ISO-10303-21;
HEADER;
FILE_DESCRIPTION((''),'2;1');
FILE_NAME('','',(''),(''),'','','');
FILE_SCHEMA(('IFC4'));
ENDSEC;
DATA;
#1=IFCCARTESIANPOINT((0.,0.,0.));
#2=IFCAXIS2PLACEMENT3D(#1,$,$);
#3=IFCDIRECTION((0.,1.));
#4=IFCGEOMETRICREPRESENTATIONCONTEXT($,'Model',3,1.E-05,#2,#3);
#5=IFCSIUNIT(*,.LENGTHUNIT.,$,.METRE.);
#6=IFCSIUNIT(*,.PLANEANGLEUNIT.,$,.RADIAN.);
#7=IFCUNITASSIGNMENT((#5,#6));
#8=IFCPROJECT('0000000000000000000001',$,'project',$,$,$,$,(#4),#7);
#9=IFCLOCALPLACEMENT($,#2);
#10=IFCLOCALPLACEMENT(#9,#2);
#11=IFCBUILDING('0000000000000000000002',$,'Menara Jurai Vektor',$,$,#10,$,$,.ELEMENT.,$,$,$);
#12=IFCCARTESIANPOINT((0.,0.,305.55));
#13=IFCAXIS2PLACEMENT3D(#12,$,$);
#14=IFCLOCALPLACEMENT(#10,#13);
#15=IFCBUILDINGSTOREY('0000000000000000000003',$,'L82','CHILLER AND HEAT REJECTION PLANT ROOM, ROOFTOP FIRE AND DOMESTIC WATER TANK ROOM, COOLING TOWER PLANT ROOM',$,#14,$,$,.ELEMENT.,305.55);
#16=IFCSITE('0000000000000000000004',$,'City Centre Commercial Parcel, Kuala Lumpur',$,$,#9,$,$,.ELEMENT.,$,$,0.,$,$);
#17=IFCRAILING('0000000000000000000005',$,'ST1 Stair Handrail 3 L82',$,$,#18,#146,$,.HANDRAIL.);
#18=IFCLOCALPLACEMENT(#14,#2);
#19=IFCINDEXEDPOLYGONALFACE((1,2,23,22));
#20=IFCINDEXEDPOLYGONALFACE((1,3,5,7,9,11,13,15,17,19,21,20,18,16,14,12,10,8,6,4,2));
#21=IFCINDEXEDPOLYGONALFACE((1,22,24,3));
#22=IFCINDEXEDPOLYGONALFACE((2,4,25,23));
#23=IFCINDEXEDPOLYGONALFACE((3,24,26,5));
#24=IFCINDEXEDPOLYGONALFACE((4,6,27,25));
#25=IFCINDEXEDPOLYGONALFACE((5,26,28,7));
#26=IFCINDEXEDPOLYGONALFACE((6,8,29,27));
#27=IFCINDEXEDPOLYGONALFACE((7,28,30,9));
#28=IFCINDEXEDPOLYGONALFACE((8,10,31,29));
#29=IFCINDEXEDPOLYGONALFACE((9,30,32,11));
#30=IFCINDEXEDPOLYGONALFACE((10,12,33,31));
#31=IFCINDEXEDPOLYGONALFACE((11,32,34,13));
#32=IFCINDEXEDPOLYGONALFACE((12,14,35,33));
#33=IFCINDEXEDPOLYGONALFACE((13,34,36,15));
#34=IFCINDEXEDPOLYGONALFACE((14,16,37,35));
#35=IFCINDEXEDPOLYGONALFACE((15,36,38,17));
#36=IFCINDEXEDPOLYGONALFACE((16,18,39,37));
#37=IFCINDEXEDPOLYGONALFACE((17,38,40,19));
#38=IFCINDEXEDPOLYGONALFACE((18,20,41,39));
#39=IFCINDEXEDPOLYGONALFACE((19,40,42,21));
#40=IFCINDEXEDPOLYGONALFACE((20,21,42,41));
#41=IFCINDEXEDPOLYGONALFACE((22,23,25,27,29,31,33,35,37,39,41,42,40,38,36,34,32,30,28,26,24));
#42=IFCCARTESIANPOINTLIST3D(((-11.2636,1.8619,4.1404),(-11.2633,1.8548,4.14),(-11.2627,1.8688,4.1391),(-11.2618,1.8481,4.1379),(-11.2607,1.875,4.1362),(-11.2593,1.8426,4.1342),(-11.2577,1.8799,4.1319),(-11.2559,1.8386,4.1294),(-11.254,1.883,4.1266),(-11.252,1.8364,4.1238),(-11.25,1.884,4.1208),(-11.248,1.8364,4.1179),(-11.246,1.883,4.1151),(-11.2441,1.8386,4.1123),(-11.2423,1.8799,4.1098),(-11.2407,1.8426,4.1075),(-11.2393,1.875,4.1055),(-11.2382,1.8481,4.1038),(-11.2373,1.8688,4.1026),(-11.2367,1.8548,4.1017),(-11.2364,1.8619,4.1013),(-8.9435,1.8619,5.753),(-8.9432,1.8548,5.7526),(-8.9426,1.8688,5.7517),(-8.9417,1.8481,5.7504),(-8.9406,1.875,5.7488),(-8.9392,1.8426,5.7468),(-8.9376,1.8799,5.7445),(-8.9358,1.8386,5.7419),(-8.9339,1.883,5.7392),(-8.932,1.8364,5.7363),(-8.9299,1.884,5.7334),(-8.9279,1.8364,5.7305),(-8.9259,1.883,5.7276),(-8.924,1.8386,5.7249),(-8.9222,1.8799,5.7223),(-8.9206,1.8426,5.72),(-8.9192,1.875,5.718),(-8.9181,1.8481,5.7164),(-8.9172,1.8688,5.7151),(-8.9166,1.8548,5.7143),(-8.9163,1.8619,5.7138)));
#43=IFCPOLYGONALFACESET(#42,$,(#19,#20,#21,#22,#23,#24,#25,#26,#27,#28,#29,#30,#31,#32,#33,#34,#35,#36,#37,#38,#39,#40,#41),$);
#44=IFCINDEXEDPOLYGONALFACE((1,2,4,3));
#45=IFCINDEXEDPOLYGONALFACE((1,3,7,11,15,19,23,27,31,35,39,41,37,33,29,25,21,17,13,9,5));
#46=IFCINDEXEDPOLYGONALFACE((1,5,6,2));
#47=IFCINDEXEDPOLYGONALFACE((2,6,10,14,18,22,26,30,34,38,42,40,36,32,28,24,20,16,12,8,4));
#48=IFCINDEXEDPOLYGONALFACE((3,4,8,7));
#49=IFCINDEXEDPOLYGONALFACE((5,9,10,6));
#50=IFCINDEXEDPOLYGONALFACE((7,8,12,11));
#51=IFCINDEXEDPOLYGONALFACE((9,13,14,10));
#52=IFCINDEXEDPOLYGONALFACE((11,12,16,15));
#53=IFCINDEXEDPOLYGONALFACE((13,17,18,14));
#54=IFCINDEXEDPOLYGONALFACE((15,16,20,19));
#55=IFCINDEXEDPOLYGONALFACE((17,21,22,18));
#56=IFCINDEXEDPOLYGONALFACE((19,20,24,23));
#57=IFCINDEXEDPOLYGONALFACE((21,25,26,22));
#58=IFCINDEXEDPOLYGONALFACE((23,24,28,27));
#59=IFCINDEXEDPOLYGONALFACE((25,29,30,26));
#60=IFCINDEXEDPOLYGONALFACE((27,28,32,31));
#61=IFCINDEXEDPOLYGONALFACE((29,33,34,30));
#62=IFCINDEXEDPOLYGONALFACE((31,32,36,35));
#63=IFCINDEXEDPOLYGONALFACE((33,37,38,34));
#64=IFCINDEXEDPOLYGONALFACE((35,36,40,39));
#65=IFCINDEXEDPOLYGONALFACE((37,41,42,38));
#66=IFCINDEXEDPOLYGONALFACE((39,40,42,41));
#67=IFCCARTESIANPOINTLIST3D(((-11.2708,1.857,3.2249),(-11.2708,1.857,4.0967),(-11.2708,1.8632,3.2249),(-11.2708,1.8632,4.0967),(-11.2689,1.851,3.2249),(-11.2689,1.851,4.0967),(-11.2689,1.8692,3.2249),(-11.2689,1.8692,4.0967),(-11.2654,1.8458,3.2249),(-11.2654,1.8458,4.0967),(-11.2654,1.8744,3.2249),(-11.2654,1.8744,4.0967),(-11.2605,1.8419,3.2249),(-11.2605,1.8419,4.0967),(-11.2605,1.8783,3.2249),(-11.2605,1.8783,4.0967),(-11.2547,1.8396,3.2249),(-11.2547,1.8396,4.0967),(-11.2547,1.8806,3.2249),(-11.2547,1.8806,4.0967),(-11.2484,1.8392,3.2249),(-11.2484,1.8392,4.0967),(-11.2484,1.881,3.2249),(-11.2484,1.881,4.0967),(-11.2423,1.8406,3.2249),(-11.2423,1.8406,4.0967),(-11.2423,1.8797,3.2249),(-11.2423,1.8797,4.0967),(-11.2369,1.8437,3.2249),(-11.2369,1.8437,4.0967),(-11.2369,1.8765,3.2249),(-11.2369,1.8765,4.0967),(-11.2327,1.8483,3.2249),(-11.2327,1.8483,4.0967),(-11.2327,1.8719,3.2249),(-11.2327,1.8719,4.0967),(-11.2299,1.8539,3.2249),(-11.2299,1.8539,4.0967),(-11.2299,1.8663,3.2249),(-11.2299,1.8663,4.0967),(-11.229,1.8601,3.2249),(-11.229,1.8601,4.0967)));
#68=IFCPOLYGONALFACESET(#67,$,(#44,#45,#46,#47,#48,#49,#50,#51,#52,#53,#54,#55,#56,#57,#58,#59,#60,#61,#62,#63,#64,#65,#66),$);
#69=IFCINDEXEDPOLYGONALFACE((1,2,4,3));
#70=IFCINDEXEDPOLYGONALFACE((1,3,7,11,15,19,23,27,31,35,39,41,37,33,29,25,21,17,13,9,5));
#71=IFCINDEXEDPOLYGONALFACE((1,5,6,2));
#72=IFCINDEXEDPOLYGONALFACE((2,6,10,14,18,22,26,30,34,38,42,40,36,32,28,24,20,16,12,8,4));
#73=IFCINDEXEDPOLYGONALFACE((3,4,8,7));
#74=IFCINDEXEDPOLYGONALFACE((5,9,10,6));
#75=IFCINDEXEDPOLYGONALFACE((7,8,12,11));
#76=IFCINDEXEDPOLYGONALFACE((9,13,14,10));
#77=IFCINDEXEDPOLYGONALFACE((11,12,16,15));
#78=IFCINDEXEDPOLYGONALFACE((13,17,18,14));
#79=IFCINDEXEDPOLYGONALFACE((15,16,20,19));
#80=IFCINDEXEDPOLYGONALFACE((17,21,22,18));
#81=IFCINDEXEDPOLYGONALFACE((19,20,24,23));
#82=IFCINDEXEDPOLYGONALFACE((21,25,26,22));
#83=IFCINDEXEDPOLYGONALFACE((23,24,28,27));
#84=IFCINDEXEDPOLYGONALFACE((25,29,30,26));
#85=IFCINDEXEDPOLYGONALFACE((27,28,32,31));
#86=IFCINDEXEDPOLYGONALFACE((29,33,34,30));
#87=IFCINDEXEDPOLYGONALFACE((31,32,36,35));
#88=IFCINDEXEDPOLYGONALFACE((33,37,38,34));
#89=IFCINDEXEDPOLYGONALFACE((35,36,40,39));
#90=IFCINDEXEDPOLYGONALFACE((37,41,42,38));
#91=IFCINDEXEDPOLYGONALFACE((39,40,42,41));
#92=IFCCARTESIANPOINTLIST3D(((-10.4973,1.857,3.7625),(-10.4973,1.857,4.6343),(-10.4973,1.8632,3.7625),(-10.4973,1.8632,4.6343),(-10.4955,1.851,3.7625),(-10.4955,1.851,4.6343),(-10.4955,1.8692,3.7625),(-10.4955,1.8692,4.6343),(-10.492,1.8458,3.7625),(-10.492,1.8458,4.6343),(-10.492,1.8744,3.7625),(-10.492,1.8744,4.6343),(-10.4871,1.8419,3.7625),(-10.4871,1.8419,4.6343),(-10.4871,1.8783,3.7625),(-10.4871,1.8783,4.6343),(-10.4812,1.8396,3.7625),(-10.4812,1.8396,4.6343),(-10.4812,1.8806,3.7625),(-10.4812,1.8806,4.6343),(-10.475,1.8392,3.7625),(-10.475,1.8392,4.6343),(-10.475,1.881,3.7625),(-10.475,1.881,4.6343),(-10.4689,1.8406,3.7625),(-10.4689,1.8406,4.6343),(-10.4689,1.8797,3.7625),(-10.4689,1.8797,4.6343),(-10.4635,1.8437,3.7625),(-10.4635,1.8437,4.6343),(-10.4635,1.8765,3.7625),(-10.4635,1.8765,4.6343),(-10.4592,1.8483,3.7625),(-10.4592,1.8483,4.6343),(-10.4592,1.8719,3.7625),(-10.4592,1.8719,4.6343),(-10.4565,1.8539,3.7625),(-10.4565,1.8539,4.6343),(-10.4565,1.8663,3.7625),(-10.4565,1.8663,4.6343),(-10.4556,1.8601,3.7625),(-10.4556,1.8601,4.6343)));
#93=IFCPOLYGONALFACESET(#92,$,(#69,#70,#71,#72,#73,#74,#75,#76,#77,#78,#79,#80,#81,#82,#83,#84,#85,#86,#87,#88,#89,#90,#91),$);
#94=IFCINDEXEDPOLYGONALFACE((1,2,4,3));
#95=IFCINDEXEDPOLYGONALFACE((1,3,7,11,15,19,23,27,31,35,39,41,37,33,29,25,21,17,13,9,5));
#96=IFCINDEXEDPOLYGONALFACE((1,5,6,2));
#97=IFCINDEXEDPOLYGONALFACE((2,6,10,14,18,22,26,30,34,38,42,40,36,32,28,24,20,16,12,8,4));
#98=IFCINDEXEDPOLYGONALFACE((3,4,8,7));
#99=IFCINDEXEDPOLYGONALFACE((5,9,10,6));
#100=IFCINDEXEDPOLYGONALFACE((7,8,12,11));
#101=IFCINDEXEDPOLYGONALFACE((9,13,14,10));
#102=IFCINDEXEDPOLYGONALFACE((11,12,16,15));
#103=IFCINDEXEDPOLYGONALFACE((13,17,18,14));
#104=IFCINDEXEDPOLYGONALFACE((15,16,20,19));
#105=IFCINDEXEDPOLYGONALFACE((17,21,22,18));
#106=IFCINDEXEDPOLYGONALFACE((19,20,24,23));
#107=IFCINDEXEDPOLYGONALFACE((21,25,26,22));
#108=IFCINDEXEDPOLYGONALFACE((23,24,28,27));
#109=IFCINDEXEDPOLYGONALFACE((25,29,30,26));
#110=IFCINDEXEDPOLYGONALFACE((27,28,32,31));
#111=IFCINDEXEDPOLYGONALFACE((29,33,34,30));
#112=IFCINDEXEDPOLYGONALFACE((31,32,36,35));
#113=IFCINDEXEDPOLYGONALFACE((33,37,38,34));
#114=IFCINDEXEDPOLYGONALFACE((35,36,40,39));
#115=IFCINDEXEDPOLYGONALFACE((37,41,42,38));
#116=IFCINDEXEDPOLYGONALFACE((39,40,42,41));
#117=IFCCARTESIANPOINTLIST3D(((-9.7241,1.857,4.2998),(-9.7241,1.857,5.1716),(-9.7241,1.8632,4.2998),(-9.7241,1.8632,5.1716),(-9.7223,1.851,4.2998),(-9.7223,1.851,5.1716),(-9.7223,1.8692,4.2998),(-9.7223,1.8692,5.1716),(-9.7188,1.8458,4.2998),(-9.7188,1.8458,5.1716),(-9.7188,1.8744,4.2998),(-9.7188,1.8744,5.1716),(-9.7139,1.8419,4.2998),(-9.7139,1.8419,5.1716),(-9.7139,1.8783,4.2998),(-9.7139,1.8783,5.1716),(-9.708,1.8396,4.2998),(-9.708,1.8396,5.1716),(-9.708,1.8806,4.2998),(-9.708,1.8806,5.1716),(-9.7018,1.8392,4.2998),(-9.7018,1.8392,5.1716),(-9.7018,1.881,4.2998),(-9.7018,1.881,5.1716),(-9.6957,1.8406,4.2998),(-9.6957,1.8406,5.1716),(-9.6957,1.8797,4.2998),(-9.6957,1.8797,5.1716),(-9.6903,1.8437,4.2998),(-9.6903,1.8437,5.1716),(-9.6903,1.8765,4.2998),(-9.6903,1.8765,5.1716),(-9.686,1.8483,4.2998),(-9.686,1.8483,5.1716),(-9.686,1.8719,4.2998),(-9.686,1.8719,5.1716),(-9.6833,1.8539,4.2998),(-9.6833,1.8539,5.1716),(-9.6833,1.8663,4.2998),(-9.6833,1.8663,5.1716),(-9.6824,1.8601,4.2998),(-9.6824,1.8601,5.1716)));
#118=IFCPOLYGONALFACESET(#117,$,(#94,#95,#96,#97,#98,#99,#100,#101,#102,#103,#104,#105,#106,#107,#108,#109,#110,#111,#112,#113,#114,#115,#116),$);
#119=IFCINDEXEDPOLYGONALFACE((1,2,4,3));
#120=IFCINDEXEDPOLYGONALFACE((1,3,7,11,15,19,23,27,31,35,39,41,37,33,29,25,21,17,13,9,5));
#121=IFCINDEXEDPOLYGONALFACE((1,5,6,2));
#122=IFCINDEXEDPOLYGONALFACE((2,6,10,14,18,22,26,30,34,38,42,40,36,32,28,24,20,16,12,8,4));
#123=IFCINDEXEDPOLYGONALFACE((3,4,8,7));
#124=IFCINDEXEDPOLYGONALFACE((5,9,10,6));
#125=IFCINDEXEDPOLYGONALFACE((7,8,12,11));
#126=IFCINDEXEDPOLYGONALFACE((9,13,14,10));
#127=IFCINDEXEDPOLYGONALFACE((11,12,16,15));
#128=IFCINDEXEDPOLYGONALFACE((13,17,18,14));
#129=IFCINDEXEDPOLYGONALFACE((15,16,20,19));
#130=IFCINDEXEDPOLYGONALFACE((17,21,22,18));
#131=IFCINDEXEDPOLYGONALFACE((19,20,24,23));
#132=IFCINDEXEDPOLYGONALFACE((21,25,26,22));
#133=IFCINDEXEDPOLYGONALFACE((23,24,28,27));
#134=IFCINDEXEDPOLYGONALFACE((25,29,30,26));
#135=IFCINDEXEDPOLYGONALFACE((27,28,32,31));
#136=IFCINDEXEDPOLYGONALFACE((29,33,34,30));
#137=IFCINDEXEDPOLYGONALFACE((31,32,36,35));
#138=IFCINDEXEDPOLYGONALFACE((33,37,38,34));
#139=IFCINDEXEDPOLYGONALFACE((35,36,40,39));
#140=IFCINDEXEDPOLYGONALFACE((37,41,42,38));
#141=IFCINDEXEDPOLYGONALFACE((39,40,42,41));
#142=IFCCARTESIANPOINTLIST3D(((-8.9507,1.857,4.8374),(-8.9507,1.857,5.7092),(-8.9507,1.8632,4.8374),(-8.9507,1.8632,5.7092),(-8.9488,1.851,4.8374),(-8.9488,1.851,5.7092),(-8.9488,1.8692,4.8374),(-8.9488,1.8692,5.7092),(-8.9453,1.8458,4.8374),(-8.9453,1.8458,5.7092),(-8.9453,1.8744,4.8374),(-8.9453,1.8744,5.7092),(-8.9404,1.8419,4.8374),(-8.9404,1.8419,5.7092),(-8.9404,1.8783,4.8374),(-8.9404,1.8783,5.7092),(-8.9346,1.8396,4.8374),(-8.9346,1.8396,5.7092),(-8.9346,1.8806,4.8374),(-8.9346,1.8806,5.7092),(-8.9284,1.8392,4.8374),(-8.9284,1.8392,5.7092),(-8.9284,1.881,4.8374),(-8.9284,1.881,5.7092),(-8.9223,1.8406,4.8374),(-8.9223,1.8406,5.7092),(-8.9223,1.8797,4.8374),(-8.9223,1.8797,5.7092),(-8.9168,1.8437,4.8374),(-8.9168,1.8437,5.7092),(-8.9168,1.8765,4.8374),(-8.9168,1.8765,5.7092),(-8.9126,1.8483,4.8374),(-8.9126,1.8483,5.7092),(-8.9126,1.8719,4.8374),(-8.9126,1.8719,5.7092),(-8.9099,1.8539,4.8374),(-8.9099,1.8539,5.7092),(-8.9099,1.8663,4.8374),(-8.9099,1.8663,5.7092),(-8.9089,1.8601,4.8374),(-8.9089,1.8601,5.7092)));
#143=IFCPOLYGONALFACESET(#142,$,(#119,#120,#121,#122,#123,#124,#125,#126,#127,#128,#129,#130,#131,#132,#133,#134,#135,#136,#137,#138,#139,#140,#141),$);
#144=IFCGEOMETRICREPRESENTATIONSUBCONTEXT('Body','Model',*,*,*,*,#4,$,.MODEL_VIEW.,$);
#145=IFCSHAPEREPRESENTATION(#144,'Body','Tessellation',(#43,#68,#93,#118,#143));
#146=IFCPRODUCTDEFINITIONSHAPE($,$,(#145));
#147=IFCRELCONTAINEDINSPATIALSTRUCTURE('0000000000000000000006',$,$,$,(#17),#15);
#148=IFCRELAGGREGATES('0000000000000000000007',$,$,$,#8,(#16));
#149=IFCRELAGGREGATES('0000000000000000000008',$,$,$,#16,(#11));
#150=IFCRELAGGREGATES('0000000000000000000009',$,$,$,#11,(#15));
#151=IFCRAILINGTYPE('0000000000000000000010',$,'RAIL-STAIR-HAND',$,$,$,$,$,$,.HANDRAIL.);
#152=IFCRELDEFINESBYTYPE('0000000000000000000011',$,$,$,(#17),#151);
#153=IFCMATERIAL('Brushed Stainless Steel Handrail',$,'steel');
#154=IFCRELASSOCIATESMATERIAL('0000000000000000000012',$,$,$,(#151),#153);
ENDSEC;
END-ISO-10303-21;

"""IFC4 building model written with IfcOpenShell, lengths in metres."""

from ifc_helpers import new_model, si_unit, direction, frame, origin, origin_2d, place, context, subcontext, project, spatial, circle, extrude, material, type_object, element, save


model = new_model("IFC4")

# Units and contexts
model_context = context("Model", 3, precision=1e-05, world=origin(), true_north=direction((0.0, 1.0)))
body_context = subcontext(model_context, "Body", "Model", "MODEL_VIEW")
ifc_project = project(units=[si_unit("LENGTHUNIT", "METRE"), si_unit("PLANEANGLEUNIT", "RADIAN")], contexts=[model_context])

# Site, building, storey
site_placement = place(None, origin())
site = spatial("IfcSite", under=ifc_project, at=site_placement, Name="City Centre Commercial Parcel, Kuala Lumpur", CompositionType="ELEMENT", RefElevation=0.0)
building_placement = place(site_placement, origin())
building = spatial("IfcBuilding", under=site, at=building_placement, Name="Menara Jurai Vektor", CompositionType="ELEMENT")
storey_placement = place(building_placement, frame((0.0, 0.0, 305.55)))
storey = spatial("IfcBuildingStorey", under=building, at=storey_placement, Name="L82", Description="CHILLER AND HEAT REJECTION PLANT ROOM, ROOFTOP FIRE AND DOMESTIC WATER TANK ROOM, COOLING TOWER PLANT ROOM", CompositionType="ELEMENT", Elevation=305.55)

# Railing
ifc_material_1 = material(Name="Brushed Stainless Steel Handrail", Category="steel")
railing_type = type_object("IfcRailingType", Name="RAIL-STAIR-HAND", PredefinedType="HANDRAIL", material=ifc_material_1)
railing_1_placement = place(storey_placement, frame((-11.25, 1.8601, 3.2249)))
element("IfcRailing", 1, at=railing_1_placement, inside=storey, type_object=railing_type, Name="ST1 Stair Handrail 3 L82", PredefinedType="HANDRAIL", context=body_context, shape_type="SweptSolid", body=[
    extrude(circle(Radius=0.0239, at=origin_2d()), frame((0.0, 0.0, 0.896), z_axis=(0.821139, 0.0, 0.570728), x_axis=(0.0, 1.0, 0.0)), (0.0, 0.0, 1.0), 2.8254),
    extrude(circle(Radius=0.021, at=origin_2d()), origin(), (0.0, 0.0, 1.0), 0.8718),
    extrude(circle(Radius=0.021, at=origin_2d()), frame((0.7734, 0.0, 0.5376)), (0.0, 0.0, 1.0), 0.8718),
    extrude(circle(Radius=0.021, at=origin_2d()), frame((1.5466, 0.0, 1.075)), (0.0, 0.0, 1.0), 0.8718),
    extrude(circle(Radius=0.021, at=origin_2d()), frame((2.3201, 0.0, 1.6125)), (0.0, 0.0, 1.0), 0.8718),
])

save(model, "model.ifc")
